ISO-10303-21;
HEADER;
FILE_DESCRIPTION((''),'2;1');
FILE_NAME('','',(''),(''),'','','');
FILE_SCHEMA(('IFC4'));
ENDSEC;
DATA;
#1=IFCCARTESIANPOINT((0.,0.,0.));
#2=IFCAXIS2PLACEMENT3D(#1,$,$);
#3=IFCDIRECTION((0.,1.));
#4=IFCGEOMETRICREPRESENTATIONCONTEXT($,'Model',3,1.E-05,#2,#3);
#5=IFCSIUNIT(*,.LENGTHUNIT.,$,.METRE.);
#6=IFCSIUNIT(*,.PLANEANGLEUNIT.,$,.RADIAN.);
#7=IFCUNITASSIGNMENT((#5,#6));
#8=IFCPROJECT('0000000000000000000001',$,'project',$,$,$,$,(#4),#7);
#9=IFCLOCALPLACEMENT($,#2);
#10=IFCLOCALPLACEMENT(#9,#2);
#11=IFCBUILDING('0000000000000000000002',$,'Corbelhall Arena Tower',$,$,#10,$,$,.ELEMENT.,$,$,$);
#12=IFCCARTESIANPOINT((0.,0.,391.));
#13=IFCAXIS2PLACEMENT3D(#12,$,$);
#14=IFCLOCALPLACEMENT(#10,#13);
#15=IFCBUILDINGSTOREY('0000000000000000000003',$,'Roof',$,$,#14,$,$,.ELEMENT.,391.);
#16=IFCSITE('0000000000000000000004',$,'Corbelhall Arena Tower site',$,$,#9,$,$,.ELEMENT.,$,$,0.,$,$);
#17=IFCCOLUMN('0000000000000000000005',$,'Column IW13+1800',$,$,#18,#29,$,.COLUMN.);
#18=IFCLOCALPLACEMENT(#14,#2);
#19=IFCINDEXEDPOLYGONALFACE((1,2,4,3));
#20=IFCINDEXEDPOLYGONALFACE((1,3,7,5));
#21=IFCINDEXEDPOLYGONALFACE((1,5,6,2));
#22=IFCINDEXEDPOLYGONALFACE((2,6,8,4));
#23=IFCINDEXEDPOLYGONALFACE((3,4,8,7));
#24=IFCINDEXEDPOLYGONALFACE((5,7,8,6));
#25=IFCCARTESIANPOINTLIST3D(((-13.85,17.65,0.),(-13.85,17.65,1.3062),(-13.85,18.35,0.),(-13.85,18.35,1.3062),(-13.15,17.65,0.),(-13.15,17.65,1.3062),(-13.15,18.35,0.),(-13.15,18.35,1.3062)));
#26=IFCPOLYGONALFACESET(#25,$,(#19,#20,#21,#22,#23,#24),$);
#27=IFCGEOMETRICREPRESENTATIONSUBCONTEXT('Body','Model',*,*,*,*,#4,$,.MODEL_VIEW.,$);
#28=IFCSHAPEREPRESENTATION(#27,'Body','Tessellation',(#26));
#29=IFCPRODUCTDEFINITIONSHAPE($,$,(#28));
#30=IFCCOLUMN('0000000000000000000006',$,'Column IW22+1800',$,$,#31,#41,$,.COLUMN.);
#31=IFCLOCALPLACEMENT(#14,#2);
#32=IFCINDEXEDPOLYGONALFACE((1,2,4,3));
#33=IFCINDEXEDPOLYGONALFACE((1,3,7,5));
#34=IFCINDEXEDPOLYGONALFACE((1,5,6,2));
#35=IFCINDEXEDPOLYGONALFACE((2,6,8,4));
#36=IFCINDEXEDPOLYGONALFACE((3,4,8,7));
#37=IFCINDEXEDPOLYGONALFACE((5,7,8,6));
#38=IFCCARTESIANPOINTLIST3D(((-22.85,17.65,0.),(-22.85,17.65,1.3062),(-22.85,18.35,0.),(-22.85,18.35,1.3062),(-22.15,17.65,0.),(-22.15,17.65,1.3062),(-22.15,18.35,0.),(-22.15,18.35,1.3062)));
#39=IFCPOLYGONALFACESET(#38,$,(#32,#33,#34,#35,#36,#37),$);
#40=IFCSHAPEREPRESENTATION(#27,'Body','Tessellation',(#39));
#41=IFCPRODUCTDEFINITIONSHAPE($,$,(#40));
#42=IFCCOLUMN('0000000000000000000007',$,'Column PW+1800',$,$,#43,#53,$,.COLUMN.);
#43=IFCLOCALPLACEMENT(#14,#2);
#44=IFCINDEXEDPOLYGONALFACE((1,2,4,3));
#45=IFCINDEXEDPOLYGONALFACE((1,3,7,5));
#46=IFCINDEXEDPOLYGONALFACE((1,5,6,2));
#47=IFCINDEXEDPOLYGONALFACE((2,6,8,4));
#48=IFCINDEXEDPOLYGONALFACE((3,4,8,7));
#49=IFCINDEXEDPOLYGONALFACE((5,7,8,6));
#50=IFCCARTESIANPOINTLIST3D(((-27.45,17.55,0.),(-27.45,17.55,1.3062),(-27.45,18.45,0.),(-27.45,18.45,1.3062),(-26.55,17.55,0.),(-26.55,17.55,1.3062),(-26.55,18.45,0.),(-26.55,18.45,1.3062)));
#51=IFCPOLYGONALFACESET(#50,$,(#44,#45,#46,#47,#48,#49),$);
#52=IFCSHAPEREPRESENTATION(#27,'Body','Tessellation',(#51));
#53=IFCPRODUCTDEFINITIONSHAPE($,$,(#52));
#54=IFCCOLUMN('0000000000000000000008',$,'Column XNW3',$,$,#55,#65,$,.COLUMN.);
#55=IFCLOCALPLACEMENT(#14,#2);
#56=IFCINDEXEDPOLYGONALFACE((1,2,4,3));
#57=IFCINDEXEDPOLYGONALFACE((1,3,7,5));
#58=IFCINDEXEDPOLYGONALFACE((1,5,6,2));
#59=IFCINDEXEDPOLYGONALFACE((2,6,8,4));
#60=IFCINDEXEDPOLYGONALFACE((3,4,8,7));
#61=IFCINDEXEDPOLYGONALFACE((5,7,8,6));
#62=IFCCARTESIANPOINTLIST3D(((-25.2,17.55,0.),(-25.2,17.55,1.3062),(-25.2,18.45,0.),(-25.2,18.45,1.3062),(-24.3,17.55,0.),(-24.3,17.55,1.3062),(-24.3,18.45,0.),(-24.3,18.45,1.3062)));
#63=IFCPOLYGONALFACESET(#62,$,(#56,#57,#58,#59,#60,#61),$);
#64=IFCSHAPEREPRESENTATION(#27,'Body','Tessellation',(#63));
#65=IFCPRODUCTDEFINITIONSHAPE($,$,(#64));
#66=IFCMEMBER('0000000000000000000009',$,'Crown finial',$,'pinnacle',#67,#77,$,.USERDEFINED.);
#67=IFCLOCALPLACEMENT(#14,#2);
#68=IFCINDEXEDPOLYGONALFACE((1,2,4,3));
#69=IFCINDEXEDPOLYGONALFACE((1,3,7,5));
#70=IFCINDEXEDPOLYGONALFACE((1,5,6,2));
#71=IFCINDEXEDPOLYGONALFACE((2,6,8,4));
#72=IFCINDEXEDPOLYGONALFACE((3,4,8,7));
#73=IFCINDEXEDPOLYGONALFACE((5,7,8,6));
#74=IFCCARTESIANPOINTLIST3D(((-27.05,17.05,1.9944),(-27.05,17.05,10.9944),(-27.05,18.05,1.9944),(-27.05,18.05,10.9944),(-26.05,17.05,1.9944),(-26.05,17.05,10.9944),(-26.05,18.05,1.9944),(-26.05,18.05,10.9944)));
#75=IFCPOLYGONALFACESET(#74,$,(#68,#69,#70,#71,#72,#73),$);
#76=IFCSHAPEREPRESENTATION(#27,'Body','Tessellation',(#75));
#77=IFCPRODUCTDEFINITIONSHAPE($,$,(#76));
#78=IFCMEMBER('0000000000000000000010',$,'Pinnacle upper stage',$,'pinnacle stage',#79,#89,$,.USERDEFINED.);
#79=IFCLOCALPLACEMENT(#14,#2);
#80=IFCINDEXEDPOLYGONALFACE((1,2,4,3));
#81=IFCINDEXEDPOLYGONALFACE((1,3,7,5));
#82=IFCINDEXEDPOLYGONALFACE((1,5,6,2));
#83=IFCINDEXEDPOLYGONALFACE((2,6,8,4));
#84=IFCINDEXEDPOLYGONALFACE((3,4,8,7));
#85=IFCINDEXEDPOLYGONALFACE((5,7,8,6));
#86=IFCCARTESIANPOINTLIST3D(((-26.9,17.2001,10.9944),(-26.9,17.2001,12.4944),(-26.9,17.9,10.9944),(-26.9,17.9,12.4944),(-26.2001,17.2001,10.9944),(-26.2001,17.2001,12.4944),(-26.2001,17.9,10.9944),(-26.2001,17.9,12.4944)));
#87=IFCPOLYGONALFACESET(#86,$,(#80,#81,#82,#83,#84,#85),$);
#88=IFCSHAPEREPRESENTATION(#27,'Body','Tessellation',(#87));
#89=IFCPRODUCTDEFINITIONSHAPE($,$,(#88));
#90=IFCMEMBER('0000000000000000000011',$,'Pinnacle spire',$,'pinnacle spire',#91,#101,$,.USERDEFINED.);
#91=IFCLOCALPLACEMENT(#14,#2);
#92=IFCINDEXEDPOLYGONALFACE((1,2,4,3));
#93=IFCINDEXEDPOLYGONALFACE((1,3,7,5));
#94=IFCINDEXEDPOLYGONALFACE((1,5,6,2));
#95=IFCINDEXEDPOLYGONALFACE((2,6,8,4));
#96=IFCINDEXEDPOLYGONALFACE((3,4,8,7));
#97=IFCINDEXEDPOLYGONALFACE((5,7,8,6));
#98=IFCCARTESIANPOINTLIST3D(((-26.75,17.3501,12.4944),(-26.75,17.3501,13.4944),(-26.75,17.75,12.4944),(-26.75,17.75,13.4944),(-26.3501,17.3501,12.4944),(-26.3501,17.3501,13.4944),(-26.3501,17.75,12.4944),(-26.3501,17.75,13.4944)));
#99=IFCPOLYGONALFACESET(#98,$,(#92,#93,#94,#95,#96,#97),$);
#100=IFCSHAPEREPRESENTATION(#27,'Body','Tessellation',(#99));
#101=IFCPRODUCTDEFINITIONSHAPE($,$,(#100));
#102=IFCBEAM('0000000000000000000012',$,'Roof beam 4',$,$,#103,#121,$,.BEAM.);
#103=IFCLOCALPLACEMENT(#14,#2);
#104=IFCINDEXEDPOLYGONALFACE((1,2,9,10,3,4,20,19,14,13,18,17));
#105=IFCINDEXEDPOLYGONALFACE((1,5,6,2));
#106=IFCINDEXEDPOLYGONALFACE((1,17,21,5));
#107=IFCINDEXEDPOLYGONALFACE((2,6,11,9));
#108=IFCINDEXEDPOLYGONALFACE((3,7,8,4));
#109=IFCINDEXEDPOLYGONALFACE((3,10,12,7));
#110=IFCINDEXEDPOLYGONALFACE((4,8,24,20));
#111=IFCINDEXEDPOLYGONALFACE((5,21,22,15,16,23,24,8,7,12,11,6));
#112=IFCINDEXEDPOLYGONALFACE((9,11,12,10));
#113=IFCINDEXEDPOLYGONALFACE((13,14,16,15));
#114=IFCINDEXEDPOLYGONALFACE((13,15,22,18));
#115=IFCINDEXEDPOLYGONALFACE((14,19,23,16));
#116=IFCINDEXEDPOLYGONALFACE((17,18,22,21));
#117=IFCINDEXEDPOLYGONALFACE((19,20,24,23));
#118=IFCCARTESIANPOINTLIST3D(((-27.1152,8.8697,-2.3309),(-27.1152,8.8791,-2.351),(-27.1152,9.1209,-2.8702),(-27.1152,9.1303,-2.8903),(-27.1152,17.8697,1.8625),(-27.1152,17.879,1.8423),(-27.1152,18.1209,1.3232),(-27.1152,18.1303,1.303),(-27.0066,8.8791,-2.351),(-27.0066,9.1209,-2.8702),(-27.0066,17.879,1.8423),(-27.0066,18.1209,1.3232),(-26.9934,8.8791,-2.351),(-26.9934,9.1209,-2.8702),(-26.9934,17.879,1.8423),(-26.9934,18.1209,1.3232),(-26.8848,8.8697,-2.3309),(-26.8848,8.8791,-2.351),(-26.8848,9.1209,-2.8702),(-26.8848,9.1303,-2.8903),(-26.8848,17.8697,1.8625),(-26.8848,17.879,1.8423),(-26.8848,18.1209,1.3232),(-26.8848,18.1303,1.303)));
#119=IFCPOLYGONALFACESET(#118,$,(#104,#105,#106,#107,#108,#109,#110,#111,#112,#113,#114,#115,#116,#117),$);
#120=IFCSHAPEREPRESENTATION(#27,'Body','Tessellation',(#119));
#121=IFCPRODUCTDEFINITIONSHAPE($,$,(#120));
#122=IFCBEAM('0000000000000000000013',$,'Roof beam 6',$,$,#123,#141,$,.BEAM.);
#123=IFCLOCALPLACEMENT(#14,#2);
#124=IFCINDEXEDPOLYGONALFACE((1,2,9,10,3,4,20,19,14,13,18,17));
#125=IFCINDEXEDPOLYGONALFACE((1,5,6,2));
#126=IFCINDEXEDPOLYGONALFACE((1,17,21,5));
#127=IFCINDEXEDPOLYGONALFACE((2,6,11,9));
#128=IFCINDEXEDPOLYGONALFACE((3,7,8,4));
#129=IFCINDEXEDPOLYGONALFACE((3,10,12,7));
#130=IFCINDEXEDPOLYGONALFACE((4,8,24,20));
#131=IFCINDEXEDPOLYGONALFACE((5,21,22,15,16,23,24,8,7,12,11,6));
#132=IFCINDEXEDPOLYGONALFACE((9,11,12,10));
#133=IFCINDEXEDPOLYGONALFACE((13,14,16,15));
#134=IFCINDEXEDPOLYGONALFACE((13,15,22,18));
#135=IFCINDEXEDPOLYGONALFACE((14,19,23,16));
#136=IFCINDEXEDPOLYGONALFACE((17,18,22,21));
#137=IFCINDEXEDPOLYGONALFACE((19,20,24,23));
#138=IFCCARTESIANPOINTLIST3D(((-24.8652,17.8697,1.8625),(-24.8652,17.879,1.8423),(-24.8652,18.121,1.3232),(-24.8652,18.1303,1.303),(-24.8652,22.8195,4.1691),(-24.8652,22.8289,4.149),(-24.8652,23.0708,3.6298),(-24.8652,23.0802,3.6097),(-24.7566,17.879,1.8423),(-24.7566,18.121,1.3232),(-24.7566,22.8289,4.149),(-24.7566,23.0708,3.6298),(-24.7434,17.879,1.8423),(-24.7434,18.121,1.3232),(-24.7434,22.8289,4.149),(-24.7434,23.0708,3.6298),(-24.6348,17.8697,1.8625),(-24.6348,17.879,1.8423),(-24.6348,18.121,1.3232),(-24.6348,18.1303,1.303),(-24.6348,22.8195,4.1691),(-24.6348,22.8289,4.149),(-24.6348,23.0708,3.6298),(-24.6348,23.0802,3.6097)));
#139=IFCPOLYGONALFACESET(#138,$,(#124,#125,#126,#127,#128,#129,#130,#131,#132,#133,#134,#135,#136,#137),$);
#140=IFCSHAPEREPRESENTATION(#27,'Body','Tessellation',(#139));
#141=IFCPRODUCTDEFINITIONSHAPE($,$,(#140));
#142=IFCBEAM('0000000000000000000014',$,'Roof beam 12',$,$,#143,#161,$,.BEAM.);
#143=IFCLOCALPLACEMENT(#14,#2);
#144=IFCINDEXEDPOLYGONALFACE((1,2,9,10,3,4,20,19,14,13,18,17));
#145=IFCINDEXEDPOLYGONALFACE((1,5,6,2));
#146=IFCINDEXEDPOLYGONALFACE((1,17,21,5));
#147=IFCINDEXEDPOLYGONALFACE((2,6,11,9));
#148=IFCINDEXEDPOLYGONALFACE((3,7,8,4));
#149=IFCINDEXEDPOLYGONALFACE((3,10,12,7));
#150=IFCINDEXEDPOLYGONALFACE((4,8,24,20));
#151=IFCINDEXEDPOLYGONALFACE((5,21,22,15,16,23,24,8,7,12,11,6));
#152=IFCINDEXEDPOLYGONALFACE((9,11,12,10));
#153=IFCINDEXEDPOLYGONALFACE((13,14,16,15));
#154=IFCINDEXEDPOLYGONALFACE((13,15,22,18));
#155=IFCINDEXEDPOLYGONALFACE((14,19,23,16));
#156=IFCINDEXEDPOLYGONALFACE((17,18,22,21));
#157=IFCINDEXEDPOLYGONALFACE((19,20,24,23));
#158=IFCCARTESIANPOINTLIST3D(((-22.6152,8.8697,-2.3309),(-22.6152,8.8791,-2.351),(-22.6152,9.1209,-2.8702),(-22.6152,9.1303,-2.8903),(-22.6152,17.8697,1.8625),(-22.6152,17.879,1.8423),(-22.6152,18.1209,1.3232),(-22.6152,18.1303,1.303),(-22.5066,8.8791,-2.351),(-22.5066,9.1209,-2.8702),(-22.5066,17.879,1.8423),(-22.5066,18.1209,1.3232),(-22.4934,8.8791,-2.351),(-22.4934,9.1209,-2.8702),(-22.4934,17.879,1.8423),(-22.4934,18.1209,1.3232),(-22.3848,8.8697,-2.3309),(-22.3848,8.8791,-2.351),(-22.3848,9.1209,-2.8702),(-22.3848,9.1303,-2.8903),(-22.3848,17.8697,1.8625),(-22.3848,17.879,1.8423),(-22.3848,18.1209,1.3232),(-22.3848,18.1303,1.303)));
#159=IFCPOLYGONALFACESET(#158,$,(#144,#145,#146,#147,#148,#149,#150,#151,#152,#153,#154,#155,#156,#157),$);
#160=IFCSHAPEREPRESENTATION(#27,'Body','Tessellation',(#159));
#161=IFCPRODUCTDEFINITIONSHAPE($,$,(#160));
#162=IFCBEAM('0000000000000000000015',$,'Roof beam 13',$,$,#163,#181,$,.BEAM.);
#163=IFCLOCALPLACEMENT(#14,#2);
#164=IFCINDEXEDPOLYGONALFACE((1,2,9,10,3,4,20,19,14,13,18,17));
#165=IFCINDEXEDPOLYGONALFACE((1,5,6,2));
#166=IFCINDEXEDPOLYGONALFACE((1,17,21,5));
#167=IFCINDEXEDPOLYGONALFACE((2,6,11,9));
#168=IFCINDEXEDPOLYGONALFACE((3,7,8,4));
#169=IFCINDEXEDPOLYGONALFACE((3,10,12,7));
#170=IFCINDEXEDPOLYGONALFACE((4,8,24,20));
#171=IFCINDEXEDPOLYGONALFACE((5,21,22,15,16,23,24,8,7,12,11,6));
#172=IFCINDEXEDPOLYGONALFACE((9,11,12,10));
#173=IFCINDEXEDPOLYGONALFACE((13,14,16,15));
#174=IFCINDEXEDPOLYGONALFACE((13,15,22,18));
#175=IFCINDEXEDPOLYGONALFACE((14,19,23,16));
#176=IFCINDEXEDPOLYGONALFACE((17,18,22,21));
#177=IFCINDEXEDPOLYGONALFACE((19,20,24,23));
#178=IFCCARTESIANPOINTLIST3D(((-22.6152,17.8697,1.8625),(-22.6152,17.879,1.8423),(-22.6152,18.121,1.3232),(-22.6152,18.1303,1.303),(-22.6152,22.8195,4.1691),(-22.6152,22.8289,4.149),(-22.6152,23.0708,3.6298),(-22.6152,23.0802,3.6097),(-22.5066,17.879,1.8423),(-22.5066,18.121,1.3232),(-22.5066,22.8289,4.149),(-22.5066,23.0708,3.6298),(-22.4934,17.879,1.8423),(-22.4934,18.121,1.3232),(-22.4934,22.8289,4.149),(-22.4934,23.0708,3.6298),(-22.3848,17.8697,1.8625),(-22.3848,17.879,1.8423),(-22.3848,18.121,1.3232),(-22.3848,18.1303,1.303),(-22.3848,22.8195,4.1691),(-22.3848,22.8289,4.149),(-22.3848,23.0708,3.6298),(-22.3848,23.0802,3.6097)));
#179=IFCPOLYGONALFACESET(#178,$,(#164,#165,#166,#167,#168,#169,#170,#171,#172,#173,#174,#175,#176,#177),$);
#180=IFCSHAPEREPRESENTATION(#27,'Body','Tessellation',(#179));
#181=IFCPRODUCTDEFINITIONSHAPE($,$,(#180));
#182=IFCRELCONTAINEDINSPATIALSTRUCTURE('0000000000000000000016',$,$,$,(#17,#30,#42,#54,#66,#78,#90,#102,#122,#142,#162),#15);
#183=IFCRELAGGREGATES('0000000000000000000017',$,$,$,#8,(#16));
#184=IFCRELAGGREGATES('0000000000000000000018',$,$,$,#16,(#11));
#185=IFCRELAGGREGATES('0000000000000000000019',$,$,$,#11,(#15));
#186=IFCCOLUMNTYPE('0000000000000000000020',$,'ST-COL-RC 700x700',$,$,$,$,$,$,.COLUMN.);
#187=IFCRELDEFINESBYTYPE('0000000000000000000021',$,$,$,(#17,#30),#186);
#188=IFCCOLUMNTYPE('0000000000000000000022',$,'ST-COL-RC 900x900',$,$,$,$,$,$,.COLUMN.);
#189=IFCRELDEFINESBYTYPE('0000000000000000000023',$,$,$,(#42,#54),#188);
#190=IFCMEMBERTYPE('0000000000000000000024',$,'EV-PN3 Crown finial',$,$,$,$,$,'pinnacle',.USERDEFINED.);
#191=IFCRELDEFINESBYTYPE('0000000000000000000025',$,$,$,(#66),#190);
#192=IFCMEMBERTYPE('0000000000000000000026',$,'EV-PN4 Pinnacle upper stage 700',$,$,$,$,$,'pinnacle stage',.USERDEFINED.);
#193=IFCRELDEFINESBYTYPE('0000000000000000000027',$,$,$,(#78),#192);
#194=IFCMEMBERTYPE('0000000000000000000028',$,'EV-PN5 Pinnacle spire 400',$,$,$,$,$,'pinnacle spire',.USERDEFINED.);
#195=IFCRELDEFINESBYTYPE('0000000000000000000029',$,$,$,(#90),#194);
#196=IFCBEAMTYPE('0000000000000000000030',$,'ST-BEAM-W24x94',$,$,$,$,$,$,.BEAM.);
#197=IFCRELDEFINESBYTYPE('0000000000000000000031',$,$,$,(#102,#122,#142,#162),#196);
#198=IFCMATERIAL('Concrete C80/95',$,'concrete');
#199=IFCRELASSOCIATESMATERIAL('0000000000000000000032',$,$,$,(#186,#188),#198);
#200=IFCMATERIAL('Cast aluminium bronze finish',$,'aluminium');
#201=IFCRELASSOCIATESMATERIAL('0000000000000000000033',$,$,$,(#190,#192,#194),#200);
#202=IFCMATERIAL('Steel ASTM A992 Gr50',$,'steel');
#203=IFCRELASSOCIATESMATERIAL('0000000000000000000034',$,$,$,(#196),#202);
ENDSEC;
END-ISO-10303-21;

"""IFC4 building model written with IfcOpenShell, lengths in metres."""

from ifc_helpers import new_model, si_unit, direction, frame, origin, origin_2d, place, context, subcontext, project, spatial, rectangle, i_section, extrude, material, material_profile, profile_set, type_object, element, save


model = new_model("IFC4")

# Units and contexts
model_context = context("Model", 3, precision=1e-05, world=origin(), true_north=direction((0.0, 1.0)))
body_context = subcontext(model_context, "Body", "Model", "MODEL_VIEW")
ifc_project = project(units=[si_unit("LENGTHUNIT", "METRE"), si_unit("PLANEANGLEUNIT", "RADIAN")], contexts=[model_context])

# Site, building, storey
site_placement = place(None, origin())
site = spatial("IfcSite", under=ifc_project, at=site_placement, Name="Corbelhall Arena Tower site", CompositionType="ELEMENT", RefElevation=0.0)
building_placement = place(site_placement, origin())
building = spatial("IfcBuilding", under=site, at=building_placement, Name="Corbelhall Arena Tower", CompositionType="ELEMENT")
storey_placement = place(building_placement, frame((0.0, 0.0, 391.0)))
storey = spatial("IfcBuildingStorey", under=building, at=storey_placement, Name="Roof", CompositionType="ELEMENT", Elevation=391.0)

# Columns
ifc_material_1 = material(Name="Concrete C80/95", Category="concrete")
ifc_material_profile_1 = material_profile(ifc_material_1, rectangle(XDim=0.7, YDim=0.7, at=origin_2d()))
ifc_profile_set_1 = profile_set([ifc_material_profile_1], Name="Concrete C80/95")
column_type_1 = type_object("IfcColumnType", Name="ST-COL-RC 700x700", PredefinedType="COLUMN", material=ifc_profile_set_1)
for number, where, z_axis, x_axis, name in (
    (1, (-13.5, 18.0, 0.0), (0.0, 0.0, 1.0), (1.0, 0.0, 0.0), "Column IW13+1800"),
    (2, (-22.5, 18.0, 0.0), (0.0, 0.0, 1.0), (1.0, 0.0, 0.0), "Column IW22+1800"),
):
    element("IfcColumn", number, at=place(storey_placement, frame(where, z_axis=z_axis, x_axis=x_axis)), inside=storey, type_object=column_type_1, Name=name, PredefinedType="COLUMN", context=body_context, shape_type="SweptSolid", body=[
        extrude(rectangle(XDim=0.7, YDim=0.7, at=origin_2d()), origin(), (0.0, 0.0, 1.0), 1.3062),
    ])
ifc_material_profile_2 = material_profile(ifc_material_1, rectangle(XDim=0.8999, YDim=0.8999, at=origin_2d()))
ifc_profile_set_2 = profile_set([ifc_material_profile_2], Name="Concrete C80/95")
column_type_2 = type_object("IfcColumnType", Name="ST-COL-RC 900x900", PredefinedType="COLUMN", material=ifc_profile_set_2)
for number, where, z_axis, x_axis, name in (
    (3, (-27.0, 18.0, 0.0), (0.0, 0.0, 1.0), (0.0, 1.0, 0.0), "Column PW+1800"),
    (4, (-24.75, 18.0, 0.0), (0.0, 0.0, 1.0), (1.0, 0.0, 0.0), "Column XNW3"),
):
    element("IfcColumn", number, at=place(storey_placement, frame(where, z_axis=z_axis, x_axis=x_axis)), inside=storey, type_object=column_type_2, Name=name, PredefinedType="COLUMN", context=body_context, shape_type="SweptSolid", body=[
        extrude(rectangle(XDim=0.8999, YDim=0.8999, at=origin_2d()), origin(), (0.0, 0.0, 1.0), 1.3062),
    ])

# Members
ifc_material_2 = material(Name="Cast aluminium bronze finish", Category="aluminium")
ifc_material_profile_3 = material_profile(ifc_material_2, rectangle(XDim=1.0, YDim=1.0, at=origin_2d()))
ifc_profile_set_3 = profile_set([ifc_material_profile_3], Name="Cast aluminium bronze finish")
member_type_1 = type_object("IfcMemberType", Name="EV-PN3 Crown finial", ElementType="pinnacle", PredefinedType="USERDEFINED", material=ifc_profile_set_3)
member_1_placement = place(storey_placement, frame((-26.55, 17.55, 1.9944), z_axis=(0.0, 0.0, 1.0), x_axis=(1.0, 0.0, 0.0)))
element("IfcMember", 5, at=member_1_placement, inside=storey, type_object=member_type_1, Name="Crown finial", ObjectType="pinnacle", PredefinedType="USERDEFINED", context=body_context, shape_type="SweptSolid", body=[
    extrude(rectangle(XDim=1.0, YDim=1.0, at=origin_2d()), origin(), (0.0, 0.0, 1.0), 9.0),
])
ifc_material_profile_4 = material_profile(ifc_material_2, rectangle(XDim=0.7, YDim=0.7, at=origin_2d()))
ifc_profile_set_4 = profile_set([ifc_material_profile_4], Name="Cast aluminium bronze finish")
member_type_2 = type_object("IfcMemberType", Name="EV-PN4 Pinnacle upper stage 700", ElementType="pinnacle stage", PredefinedType="USERDEFINED", material=ifc_profile_set_4)
member_2_placement = place(storey_placement, frame((-26.55, 17.55, 10.9944), z_axis=(0.0, 0.0, 1.0), x_axis=(1.0, 0.0, 0.0)))
element("IfcMember", 6, at=member_2_placement, inside=storey, type_object=member_type_2, Name="Pinnacle upper stage", ObjectType="pinnacle stage", PredefinedType="USERDEFINED", context=body_context, shape_type="SweptSolid", body=[
    extrude(rectangle(XDim=0.7, YDim=0.7, at=origin_2d()), origin(), (0.0, 0.0, 1.0), 1.5),
])
ifc_material_profile_5 = material_profile(ifc_material_2, rectangle(XDim=0.3999, YDim=0.3999, at=origin_2d()))
ifc_profile_set_5 = profile_set([ifc_material_profile_5], Name="Cast aluminium bronze finish")
member_type_3 = type_object("IfcMemberType", Name="EV-PN5 Pinnacle spire 400", ElementType="pinnacle spire", PredefinedType="USERDEFINED", material=ifc_profile_set_5)
member_3_placement = place(storey_placement, frame((-26.55, 17.55, 12.4944), z_axis=(0.0, 0.0, 1.0), x_axis=(1.0, 0.0, 0.0)))
element("IfcMember", 7, at=member_3_placement, inside=storey, type_object=member_type_3, Name="Pinnacle spire", ObjectType="pinnacle spire", PredefinedType="USERDEFINED", context=body_context, shape_type="SweptSolid", body=[
    extrude(rectangle(XDim=0.3999, YDim=0.3999, at=origin_2d()), origin(), (0.0, 0.0, 1.0), 1.0),
])

# Beams
ifc_material_3 = material(Name="Steel ASTM A992 Gr50", Category="steel")
ifc_material_profile_6 = material_profile(ifc_material_3, i_section(OverallWidth=0.2305, OverallDepth=0.6172, WebThickness=0.0132, FlangeThickness=0.0222, at=origin_2d()))
ifc_profile_set_6 = profile_set([ifc_material_profile_6], Name="Steel ASTM A992 Gr50")
beam_type = type_object("IfcBeamType", Name="ST-BEAM-W24x94", PredefinedType="BEAM", material=ifc_profile_set_6)
beam_1_placement = place(storey_placement, frame((-27.0, 9.0, -2.6106), z_axis=(0.0, 0.906439, 0.422336), x_axis=(-1.0, 0.0, 0.0)))
element("IfcBeam", 8, at=beam_1_placement, inside=storey, type_object=beam_type, Name="Roof beam 4", PredefinedType="BEAM", context=body_context, shape_type="SweptSolid", body=[
    extrude(i_section(OverallWidth=0.2305, OverallDepth=0.6172, WebThickness=0.0132, FlangeThickness=0.0222, at=origin_2d()), origin(), (0.0, 0.0, 1.0), 9.929),
])
beam_2_placement = place(storey_placement, frame((-24.75, 18.0, 1.5828), z_axis=(0.0, 0.906417, 0.422384), x_axis=(-1.0, 0.0, 0.0)))
element("IfcBeam", 9, at=beam_2_placement, inside=storey, type_object=beam_type, Name="Roof beam 6", PredefinedType="BEAM", context=body_context, shape_type="SweptSolid", body=[
    extrude(i_section(OverallWidth=0.2305, OverallDepth=0.6172, WebThickness=0.0132, FlangeThickness=0.0222, at=origin_2d()), origin(), (0.0, 0.0, 1.0), 5.4609),
])
beam_3_placement = place(storey_placement, frame((-22.5, 9.0, -2.6106), z_axis=(0.0, 0.906439, 0.422336), x_axis=(-1.0, 0.0, 0.0)))
element("IfcBeam", 10, at=beam_3_placement, inside=storey, type_object=beam_type, Name="Roof beam 12", PredefinedType="BEAM", context=body_context, shape_type="SweptSolid", body=[
    extrude(i_section(OverallWidth=0.2305, OverallDepth=0.6172, WebThickness=0.0132, FlangeThickness=0.0222, at=origin_2d()), origin(), (0.0, 0.0, 1.0), 9.929),
])
beam_4_placement = place(storey_placement, frame((-22.5, 18.0, 1.5828), z_axis=(0.0, 0.906417, 0.422384), x_axis=(-1.0, 0.0, 0.0)))
element("IfcBeam", 11, at=beam_4_placement, inside=storey, type_object=beam_type, Name="Roof beam 13", PredefinedType="BEAM", context=body_context, shape_type="SweptSolid", body=[
    extrude(i_section(OverallWidth=0.2305, OverallDepth=0.6172, WebThickness=0.0132, FlangeThickness=0.0222, at=origin_2d()), origin(), (0.0, 0.0, 1.0), 5.4609),
])

save(model, "model.ifc")
